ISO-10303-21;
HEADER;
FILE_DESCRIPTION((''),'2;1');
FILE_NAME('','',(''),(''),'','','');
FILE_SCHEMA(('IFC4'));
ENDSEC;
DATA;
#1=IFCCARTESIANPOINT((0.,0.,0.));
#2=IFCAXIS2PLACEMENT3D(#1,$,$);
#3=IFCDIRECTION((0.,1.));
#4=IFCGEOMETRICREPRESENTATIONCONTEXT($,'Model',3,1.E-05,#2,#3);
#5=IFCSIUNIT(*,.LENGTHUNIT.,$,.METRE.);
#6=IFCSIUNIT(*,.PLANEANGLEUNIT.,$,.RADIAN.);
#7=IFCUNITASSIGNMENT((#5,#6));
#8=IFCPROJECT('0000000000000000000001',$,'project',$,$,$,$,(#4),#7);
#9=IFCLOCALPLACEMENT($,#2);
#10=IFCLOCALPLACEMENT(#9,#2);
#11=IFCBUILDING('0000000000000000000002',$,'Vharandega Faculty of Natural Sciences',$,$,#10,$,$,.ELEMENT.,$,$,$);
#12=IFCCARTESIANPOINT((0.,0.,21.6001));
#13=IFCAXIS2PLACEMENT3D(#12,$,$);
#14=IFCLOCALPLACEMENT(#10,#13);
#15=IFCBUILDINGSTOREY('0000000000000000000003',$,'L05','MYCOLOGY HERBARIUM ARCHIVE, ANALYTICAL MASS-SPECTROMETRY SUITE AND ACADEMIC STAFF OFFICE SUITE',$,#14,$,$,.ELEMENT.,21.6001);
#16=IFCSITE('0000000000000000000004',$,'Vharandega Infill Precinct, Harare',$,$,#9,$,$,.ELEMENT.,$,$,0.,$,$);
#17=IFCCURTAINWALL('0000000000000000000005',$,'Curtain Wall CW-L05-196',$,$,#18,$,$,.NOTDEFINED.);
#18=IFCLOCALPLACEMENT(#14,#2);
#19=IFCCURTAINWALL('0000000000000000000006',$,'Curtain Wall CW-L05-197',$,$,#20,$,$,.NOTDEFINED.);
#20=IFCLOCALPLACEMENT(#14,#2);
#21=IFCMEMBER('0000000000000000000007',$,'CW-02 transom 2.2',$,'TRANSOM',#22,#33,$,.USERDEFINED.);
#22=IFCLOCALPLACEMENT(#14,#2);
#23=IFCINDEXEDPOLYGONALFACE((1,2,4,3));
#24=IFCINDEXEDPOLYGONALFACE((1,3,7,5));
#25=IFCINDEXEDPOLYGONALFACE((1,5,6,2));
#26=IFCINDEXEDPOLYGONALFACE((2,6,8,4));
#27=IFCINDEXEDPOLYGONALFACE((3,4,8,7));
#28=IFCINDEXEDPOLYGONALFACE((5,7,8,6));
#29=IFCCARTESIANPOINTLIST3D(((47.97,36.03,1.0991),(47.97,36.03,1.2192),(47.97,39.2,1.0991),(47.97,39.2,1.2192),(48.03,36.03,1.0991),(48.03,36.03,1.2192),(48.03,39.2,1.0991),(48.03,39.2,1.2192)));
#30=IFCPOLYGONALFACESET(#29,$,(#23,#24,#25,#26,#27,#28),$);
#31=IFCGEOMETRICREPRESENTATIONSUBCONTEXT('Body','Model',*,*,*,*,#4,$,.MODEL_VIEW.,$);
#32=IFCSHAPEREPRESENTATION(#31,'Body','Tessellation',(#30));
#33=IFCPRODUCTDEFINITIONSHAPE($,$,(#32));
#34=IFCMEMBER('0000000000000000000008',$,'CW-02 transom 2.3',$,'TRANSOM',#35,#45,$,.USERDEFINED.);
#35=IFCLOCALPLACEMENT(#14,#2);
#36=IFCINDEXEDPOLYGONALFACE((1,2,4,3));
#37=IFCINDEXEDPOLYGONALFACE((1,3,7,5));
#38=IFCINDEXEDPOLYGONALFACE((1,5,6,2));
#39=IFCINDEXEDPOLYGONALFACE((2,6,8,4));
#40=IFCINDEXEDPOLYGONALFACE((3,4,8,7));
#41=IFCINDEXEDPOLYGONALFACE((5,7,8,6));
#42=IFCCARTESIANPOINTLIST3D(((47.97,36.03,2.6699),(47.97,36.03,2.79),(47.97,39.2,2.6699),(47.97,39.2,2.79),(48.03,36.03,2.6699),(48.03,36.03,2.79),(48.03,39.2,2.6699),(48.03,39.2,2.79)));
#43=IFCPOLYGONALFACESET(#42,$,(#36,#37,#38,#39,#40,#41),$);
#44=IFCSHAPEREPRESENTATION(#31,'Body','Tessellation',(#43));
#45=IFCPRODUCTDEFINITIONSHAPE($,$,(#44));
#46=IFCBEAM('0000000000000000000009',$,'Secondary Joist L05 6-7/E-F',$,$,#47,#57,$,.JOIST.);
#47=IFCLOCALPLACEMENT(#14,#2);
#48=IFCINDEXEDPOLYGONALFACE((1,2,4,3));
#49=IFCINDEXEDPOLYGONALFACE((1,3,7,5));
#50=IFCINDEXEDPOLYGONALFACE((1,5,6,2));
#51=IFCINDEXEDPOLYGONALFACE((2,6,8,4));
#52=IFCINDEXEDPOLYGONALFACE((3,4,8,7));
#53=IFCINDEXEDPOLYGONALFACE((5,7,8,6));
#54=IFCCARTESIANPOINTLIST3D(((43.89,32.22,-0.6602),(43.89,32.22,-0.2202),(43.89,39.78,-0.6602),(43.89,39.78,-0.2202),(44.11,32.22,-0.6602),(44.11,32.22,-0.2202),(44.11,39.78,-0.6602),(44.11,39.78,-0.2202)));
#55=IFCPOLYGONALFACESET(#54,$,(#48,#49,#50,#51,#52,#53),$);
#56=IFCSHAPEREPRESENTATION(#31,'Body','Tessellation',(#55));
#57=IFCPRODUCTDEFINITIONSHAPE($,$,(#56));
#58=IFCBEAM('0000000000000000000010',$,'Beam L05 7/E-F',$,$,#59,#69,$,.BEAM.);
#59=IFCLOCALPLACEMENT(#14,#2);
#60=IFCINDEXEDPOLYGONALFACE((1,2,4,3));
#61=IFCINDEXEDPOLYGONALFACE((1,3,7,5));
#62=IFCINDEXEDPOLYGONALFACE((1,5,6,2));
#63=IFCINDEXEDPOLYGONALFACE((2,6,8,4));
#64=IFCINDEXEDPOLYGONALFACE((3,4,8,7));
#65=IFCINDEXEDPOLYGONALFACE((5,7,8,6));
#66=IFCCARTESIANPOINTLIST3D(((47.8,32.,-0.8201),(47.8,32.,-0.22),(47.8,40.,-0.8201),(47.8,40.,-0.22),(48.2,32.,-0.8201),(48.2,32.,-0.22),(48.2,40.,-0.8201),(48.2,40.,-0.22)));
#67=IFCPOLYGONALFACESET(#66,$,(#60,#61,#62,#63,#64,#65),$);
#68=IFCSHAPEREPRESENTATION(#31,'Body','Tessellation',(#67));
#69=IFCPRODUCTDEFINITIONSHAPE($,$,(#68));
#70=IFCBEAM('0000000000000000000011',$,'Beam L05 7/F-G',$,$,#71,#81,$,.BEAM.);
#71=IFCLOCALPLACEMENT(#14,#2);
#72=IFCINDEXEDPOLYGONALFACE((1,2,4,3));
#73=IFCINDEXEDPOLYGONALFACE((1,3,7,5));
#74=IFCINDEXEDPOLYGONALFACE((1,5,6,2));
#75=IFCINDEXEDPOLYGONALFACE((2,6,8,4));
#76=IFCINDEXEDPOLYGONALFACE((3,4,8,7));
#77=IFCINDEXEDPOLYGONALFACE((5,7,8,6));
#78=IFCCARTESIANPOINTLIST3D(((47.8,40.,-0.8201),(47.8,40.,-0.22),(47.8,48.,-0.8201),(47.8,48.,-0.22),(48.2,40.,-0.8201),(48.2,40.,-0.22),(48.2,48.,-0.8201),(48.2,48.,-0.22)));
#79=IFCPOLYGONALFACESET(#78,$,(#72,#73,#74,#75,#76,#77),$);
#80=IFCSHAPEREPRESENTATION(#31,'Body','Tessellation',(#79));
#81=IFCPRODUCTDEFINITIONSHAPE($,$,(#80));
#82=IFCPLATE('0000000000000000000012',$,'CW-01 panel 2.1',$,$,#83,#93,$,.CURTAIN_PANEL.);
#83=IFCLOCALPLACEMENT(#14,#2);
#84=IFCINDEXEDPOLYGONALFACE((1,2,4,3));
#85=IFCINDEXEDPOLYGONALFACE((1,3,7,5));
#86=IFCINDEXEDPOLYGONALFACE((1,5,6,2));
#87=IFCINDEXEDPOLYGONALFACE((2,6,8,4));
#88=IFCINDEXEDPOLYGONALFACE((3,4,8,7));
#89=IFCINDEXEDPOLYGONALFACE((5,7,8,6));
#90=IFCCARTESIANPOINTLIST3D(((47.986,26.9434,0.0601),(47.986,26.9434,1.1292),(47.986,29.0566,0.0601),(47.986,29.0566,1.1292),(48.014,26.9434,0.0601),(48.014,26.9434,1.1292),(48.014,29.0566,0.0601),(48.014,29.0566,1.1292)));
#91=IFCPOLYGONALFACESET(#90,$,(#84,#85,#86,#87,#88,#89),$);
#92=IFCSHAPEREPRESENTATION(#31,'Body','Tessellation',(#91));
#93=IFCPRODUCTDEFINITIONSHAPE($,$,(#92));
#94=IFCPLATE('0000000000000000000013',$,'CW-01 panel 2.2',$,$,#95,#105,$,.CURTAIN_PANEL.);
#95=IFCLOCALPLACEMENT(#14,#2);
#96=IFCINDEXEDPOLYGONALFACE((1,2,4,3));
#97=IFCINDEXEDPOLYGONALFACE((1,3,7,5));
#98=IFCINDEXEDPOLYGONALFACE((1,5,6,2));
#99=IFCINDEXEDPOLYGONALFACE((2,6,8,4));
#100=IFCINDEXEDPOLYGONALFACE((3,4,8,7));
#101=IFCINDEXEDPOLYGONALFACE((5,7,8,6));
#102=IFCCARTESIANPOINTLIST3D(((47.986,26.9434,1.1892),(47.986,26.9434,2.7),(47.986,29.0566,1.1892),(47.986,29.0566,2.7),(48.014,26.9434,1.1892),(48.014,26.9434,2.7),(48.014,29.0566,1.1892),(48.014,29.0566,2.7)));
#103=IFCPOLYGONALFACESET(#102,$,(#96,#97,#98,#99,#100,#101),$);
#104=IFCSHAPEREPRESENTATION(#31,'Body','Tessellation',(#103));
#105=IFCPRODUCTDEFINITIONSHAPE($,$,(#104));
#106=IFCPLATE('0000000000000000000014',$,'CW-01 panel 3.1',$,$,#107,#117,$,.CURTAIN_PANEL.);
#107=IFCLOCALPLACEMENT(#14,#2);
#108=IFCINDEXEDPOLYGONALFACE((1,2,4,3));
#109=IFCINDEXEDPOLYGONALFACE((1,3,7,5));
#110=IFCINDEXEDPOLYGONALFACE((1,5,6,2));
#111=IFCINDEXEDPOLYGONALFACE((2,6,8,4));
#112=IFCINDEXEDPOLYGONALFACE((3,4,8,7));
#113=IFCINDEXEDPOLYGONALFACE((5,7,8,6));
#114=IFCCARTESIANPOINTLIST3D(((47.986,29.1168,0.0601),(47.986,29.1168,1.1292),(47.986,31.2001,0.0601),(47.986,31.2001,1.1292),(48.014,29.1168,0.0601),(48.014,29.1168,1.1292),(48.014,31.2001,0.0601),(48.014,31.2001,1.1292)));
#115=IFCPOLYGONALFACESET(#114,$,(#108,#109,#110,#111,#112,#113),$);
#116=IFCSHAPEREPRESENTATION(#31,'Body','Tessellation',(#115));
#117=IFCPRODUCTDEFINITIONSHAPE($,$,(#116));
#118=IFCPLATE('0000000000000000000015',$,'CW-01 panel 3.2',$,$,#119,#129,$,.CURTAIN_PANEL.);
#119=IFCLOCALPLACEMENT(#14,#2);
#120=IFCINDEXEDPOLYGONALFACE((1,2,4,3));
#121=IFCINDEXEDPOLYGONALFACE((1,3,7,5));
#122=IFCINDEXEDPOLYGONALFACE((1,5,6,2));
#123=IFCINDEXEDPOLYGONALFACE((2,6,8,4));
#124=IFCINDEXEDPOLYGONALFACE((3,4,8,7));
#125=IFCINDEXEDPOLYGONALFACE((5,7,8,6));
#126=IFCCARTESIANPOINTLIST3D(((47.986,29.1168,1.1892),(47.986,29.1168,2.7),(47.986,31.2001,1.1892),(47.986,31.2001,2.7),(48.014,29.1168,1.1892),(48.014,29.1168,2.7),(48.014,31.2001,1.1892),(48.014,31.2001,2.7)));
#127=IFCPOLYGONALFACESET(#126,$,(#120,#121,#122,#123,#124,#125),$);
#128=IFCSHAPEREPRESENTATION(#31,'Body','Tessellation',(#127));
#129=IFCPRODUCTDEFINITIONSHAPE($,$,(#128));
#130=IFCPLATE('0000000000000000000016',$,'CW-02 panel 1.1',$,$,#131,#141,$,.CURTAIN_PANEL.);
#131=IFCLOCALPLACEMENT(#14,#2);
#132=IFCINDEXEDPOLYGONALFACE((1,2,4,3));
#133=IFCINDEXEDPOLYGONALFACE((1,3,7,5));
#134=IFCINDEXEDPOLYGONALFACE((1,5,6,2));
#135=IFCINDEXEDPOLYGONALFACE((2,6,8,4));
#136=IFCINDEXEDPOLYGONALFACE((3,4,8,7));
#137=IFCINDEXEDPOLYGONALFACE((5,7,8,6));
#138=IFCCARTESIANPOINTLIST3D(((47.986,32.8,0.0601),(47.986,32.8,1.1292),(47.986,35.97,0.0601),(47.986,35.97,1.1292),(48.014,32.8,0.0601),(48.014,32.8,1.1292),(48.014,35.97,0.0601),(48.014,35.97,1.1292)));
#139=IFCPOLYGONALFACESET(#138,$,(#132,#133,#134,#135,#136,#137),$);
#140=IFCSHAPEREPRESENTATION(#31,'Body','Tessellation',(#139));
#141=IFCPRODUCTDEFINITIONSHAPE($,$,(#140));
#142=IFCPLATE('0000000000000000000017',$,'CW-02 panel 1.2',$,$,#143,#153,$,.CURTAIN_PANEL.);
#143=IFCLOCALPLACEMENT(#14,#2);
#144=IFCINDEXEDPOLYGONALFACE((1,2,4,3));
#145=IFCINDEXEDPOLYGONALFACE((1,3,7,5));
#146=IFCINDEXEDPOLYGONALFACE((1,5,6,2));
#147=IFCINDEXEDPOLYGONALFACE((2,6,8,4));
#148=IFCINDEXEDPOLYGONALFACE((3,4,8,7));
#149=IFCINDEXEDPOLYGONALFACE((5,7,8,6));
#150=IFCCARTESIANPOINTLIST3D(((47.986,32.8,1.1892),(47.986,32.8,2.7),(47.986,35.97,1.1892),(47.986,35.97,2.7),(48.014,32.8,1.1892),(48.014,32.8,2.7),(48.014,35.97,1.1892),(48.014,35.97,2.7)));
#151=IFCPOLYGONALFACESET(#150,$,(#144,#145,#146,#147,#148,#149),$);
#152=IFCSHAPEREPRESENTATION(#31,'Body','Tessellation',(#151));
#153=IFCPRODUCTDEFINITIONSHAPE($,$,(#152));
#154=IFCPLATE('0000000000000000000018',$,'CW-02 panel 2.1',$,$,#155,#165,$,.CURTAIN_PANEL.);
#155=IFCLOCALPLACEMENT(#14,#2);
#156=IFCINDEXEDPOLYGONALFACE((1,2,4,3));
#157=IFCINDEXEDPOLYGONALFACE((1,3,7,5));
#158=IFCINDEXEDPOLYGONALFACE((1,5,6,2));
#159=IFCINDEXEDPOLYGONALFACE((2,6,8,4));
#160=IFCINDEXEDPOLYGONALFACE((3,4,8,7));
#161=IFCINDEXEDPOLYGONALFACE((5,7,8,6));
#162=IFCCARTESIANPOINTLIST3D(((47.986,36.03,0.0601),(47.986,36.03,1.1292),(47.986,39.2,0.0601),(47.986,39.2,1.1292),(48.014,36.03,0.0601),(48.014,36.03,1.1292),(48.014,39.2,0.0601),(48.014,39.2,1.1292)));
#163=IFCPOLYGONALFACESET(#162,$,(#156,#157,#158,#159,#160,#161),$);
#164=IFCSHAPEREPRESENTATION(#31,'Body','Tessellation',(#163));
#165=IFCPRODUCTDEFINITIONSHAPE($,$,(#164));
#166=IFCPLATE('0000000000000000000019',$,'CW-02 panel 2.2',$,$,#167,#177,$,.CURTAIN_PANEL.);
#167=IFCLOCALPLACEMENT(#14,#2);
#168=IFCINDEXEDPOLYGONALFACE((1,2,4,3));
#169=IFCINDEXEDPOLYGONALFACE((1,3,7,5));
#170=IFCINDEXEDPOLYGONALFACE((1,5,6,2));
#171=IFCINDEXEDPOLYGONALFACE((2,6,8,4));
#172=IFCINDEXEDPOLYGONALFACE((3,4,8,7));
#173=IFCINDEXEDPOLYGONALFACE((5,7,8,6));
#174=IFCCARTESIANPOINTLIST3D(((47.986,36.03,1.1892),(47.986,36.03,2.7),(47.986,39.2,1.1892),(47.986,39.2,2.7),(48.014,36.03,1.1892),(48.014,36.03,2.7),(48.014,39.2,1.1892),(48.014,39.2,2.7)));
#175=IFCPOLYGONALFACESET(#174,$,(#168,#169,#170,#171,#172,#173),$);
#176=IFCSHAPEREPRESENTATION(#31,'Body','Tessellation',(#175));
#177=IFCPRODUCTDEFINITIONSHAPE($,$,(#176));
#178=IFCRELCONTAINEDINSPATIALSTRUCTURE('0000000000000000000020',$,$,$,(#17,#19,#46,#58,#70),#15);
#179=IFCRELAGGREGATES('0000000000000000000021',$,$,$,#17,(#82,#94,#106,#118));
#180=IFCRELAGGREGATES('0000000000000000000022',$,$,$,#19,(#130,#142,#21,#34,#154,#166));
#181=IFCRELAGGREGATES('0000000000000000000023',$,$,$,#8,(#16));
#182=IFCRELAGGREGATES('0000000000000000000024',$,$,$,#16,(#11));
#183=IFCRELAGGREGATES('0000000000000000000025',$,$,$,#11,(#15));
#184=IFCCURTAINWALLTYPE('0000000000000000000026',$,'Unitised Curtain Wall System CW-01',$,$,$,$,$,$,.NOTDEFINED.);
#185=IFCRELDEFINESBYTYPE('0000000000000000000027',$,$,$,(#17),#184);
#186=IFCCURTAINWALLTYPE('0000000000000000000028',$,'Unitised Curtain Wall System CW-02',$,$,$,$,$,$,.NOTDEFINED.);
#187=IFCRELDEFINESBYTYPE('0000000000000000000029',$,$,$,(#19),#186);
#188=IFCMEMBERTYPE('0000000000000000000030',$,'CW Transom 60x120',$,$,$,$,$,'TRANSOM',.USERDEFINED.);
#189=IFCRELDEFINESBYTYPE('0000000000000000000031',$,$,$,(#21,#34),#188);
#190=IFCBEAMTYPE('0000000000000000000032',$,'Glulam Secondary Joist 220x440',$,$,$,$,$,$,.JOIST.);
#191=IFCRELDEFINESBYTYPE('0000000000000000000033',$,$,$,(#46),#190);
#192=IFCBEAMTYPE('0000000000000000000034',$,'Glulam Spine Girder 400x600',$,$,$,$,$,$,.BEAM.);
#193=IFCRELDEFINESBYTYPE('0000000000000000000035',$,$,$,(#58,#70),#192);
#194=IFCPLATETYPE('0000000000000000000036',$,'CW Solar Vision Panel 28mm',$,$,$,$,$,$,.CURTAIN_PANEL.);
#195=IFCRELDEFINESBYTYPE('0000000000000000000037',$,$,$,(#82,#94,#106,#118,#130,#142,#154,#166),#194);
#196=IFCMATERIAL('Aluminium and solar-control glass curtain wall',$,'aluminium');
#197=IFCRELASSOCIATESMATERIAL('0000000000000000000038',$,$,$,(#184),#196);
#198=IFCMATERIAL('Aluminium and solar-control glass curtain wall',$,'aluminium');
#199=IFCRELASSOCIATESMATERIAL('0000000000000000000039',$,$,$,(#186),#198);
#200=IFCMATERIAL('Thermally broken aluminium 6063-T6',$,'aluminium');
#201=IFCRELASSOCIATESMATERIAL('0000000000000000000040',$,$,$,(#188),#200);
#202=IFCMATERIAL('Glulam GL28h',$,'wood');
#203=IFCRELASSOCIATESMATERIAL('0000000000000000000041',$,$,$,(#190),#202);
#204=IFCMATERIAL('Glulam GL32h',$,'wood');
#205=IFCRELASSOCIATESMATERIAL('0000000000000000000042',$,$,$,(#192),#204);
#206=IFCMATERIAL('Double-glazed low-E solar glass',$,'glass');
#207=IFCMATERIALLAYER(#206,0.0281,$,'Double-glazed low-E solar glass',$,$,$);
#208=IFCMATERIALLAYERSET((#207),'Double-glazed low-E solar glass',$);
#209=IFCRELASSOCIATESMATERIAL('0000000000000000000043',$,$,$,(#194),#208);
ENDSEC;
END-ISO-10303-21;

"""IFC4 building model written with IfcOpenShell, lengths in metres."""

from ifc_helpers import new_model, si_unit, direction, frame, origin, origin_2d, place, context, subcontext, project, spatial, rectangle, extrude, material, layer, layer_set, material_profile, profile_set, type_object, element, aggregate, save


model = new_model("IFC4")

# Units and contexts
model_context = context("Model", 3, precision=1e-05, world=origin(), true_north=direction((0.0, 1.0)))
body_context = subcontext(model_context, "Body", "Model", "MODEL_VIEW")
ifc_project = project(units=[si_unit("LENGTHUNIT", "METRE"), si_unit("PLANEANGLEUNIT", "RADIAN")], contexts=[model_context])

# Site, building, storey
site_placement = place(None, origin())
site = spatial("IfcSite", under=ifc_project, at=site_placement, Name="Vharandega Infill Precinct, Harare", CompositionType="ELEMENT", RefElevation=0.0)
building_placement = place(site_placement, origin())
building = spatial("IfcBuilding", under=site, at=building_placement, Name="Vharandega Faculty of Natural Sciences", CompositionType="ELEMENT")
storey_placement = place(building_placement, frame((0.0, 0.0, 21.6001)))
storey = spatial("IfcBuildingStorey", under=building, at=storey_placement, Name="L05", Description="MYCOLOGY HERBARIUM ARCHIVE, ANALYTICAL MASS-SPECTROMETRY SUITE AND ACADEMIC STAFF OFFICE SUITE", CompositionType="ELEMENT", Elevation=21.6001)

# Curtain walls
ifc_material_1 = material(Name="Aluminium and solar-control glass curtain wall", Category="aluminium")
curtain_wall_type_1 = type_object("IfcCurtainWallType", Name="Unitised Curtain Wall System CW-01", PredefinedType="NOTDEFINED", material=ifc_material_1)
curtain_wall_1_placement = place(storey_placement, origin())
curtain_wall_1 = element("IfcCurtainWall", 1, at=curtain_wall_1_placement, inside=storey, type_object=curtain_wall_type_1, Name="Curtain Wall CW-L05-196", PredefinedType="NOTDEFINED")
ifc_material_2 = material(Name="Aluminium and solar-control glass curtain wall", Category="aluminium")
curtain_wall_type_2 = type_object("IfcCurtainWallType", Name="Unitised Curtain Wall System CW-02", PredefinedType="NOTDEFINED", material=ifc_material_2)
curtain_wall_2_placement = place(storey_placement, origin())
curtain_wall_2 = element("IfcCurtainWall", 2, at=curtain_wall_2_placement, inside=storey, type_object=curtain_wall_type_2, Name="Curtain Wall CW-L05-197", PredefinedType="NOTDEFINED")

# Members
ifc_material_3 = material(Name="Thermally broken aluminium 6063-T6", Category="aluminium")
ifc_material_profile_1 = material_profile(ifc_material_3, rectangle(XDim=0.0601, YDim=0.1201, at=origin_2d()), Name="ALU 60x120")
ifc_profile_set_1 = profile_set([ifc_material_profile_1], Name="Thermally broken aluminium 6063-T6")
member_type_1 = type_object("IfcMemberType", Name="CW Transom 60x120", ElementType="TRANSOM", PredefinedType="USERDEFINED", material=ifc_profile_set_1)
member_1_placement = place(storey_placement, frame((48.0, 36.03, 1.1592), z_axis=(0.0, 1.0, 0.0), x_axis=(-1.0, 0.0, 0.0)))
member_1 = element("IfcMember", 3, at=member_1_placement, type_object=member_type_1, Name="CW-02 transom 2.2", ObjectType="TRANSOM", PredefinedType="USERDEFINED", context=body_context, shape_type="SweptSolid", body=[
    extrude(rectangle(XDim=0.0601, YDim=0.1201, at=origin_2d()), origin(), (0.0, 0.0, 1.0), 3.1699),
])
member_2_placement = place(storey_placement, frame((48.0, 36.03, 2.73), z_axis=(0.0, 1.0, 0.0), x_axis=(-1.0, 0.0, 0.0)))
member_2 = element("IfcMember", 4, at=member_2_placement, type_object=member_type_1, Name="CW-02 transom 2.3", ObjectType="TRANSOM", PredefinedType="USERDEFINED", context=body_context, shape_type="SweptSolid", body=[
    extrude(rectangle(XDim=0.0601, YDim=0.1201, at=origin_2d()), origin(), (0.0, 0.0, 1.0), 3.1699),
])

# Beams
ifc_material_4 = material(Name="Glulam GL28h", Category="wood")
ifc_material_profile_2 = material_profile(ifc_material_4, rectangle(XDim=0.22, YDim=0.4399, at=origin_2d()), Name="GL28h 220x440")
ifc_profile_set_2 = profile_set([ifc_material_profile_2], Name="Glulam GL28h")
beam_type_1 = type_object("IfcBeamType", Name="Glulam Secondary Joist 220x440", PredefinedType="JOIST", material=ifc_profile_set_2)
beam_placement = place(storey_placement, frame((44.0, 32.22, -0.4402), z_axis=(0.0, 1.0, 0.0), x_axis=(-1.0, 0.0, 0.0)))
element("IfcBeam", 5, at=beam_placement, inside=storey, type_object=beam_type_1, Name="Secondary Joist L05 6-7/E-F", PredefinedType="JOIST", context=body_context, shape_type="SweptSolid", body=[
    extrude(rectangle(XDim=0.22, YDim=0.4399, at=origin_2d()), origin(), (0.0, 0.0, 1.0), 7.5601),
])
ifc_material_5 = material(Name="Glulam GL32h", Category="wood")
ifc_material_profile_3 = material_profile(ifc_material_5, rectangle(XDim=0.3999, YDim=0.6001, at=origin_2d()), Name="GL32h 400x600")
ifc_profile_set_3 = profile_set([ifc_material_profile_3], Name="Glulam GL32h")
beam_type_2 = type_object("IfcBeamType", Name="Glulam Spine Girder 400x600", PredefinedType="BEAM", material=ifc_profile_set_3)
for number, where, z_axis, x_axis, name in (
    (6, (48.0, 32.0, -0.52), (0.0, 1.0, 0.0), (-1.0, 0.0, 0.0), "Beam L05 7/E-F"),
    (7, (48.0, 40.0, -0.52), (0.0, 1.0, 0.0), (-1.0, 0.0, 0.0), "Beam L05 7/F-G"),
):
    element("IfcBeam", number, at=place(storey_placement, frame(where, z_axis=z_axis, x_axis=x_axis)), inside=storey, type_object=beam_type_2, Name=name, PredefinedType="BEAM", context=body_context, shape_type="SweptSolid", body=[
        extrude(rectangle(XDim=0.3999, YDim=0.6001, at=origin_2d()), origin(), (0.0, 0.0, 1.0), 8.0),
    ])

# Plates
ifc_material_6 = material(Name="Double-glazed low-E solar glass", Category="glass")
ifc_layer = layer(ifc_material_6, 0.0281, Name="Double-glazed low-E solar glass")
ifc_layer_set = layer_set([ifc_layer], Name="Double-glazed low-E solar glass")
plate_type = type_object("IfcPlateType", Name="CW Solar Vision Panel 28mm", PredefinedType="CURTAIN_PANEL", material=ifc_layer_set)
plate_1_placement = place(storey_placement, frame((48.0, 28.0, 0.0601), z_axis=(0.0, 0.0, 1.0), x_axis=(0.0, 1.0, 0.0)))
plate_1 = element("IfcPlate", 8, at=plate_1_placement, type_object=plate_type, Name="CW-01 panel 2.1", PredefinedType="CURTAIN_PANEL", context=body_context, shape_type="SweptSolid", body=[
    extrude(rectangle(XDim=2.1133, YDim=0.0281, at=origin_2d()), origin(), (0.0, 0.0, 1.0), 1.0691),
])
plate_2_placement = place(storey_placement, frame((48.0, 28.0, 1.1892), z_axis=(0.0, 0.0, 1.0), x_axis=(0.0, 1.0, 0.0)))
plate_2 = element("IfcPlate", 9, at=plate_2_placement, type_object=plate_type, Name="CW-01 panel 2.2", PredefinedType="CURTAIN_PANEL", context=body_context, shape_type="SweptSolid", body=[
    extrude(rectangle(XDim=2.1133, YDim=0.0281, at=origin_2d()), origin(), (0.0, 0.0, 1.0), 1.5107),
])
plate_3_placement = place(storey_placement, frame((48.0, 30.1584, 0.0601), z_axis=(0.0, 0.0, 1.0), x_axis=(0.0, 1.0, 0.0)))
plate_3 = element("IfcPlate", 10, at=plate_3_placement, type_object=plate_type, Name="CW-01 panel 3.1", PredefinedType="CURTAIN_PANEL", context=body_context, shape_type="SweptSolid", body=[
    extrude(rectangle(XDim=2.0833, YDim=0.0281, at=origin_2d()), origin(), (0.0, 0.0, 1.0), 1.0691),
])
plate_4_placement = place(storey_placement, frame((48.0, 30.1584, 1.1892), z_axis=(0.0, 0.0, 1.0), x_axis=(0.0, 1.0, 0.0)))
plate_4 = element("IfcPlate", 11, at=plate_4_placement, type_object=plate_type, Name="CW-01 panel 3.2", PredefinedType="CURTAIN_PANEL", context=body_context, shape_type="SweptSolid", body=[
    extrude(rectangle(XDim=2.0833, YDim=0.0281, at=origin_2d()), origin(), (0.0, 0.0, 1.0), 1.5107),
])
aggregate(curtain_wall_1, [plate_1, plate_2, plate_3, plate_4])
plate_5_placement = place(storey_placement, frame((48.0, 34.385, 0.0601), z_axis=(0.0, 0.0, 1.0), x_axis=(0.0, 1.0, 0.0)))
plate_5 = element("IfcPlate", 12, at=plate_5_placement, type_object=plate_type, Name="CW-02 panel 1.1", PredefinedType="CURTAIN_PANEL", context=body_context, shape_type="SweptSolid", body=[
    extrude(rectangle(XDim=3.1699, YDim=0.0281, at=origin_2d()), origin(), (0.0, 0.0, 1.0), 1.0691),
])
plate_6_placement = place(storey_placement, frame((48.0, 34.385, 1.1892), z_axis=(0.0, 0.0, 1.0), x_axis=(0.0, 1.0, 0.0)))
plate_6 = element("IfcPlate", 13, at=plate_6_placement, type_object=plate_type, Name="CW-02 panel 1.2", PredefinedType="CURTAIN_PANEL", context=body_context, shape_type="SweptSolid", body=[
    extrude(rectangle(XDim=3.1699, YDim=0.0281, at=origin_2d()), origin(), (0.0, 0.0, 1.0), 1.5107),
])
plate_7_placement = place(storey_placement, frame((48.0, 37.615, 0.0601), z_axis=(0.0, 0.0, 1.0), x_axis=(0.0, 1.0, 0.0)))
plate_7 = element("IfcPlate", 14, at=plate_7_placement, type_object=plate_type, Name="CW-02 panel 2.1", PredefinedType="CURTAIN_PANEL", context=body_context, shape_type="SweptSolid", body=[
    extrude(rectangle(XDim=3.1699, YDim=0.0281, at=origin_2d()), origin(), (0.0, 0.0, 1.0), 1.0691),
])
plate_8_placement = place(storey_placement, frame((48.0, 37.615, 1.1892), z_axis=(0.0, 0.0, 1.0), x_axis=(0.0, 1.0, 0.0)))
plate_8 = element("IfcPlate", 15, at=plate_8_placement, type_object=plate_type, Name="CW-02 panel 2.2", PredefinedType="CURTAIN_PANEL", context=body_context, shape_type="SweptSolid", body=[
    extrude(rectangle(XDim=3.1699, YDim=0.0281, at=origin_2d()), origin(), (0.0, 0.0, 1.0), 1.5107),
])
aggregate(curtain_wall_2, [plate_5, plate_6, member_1, member_2, plate_7, plate_8])

save(model, "model.ifc")
